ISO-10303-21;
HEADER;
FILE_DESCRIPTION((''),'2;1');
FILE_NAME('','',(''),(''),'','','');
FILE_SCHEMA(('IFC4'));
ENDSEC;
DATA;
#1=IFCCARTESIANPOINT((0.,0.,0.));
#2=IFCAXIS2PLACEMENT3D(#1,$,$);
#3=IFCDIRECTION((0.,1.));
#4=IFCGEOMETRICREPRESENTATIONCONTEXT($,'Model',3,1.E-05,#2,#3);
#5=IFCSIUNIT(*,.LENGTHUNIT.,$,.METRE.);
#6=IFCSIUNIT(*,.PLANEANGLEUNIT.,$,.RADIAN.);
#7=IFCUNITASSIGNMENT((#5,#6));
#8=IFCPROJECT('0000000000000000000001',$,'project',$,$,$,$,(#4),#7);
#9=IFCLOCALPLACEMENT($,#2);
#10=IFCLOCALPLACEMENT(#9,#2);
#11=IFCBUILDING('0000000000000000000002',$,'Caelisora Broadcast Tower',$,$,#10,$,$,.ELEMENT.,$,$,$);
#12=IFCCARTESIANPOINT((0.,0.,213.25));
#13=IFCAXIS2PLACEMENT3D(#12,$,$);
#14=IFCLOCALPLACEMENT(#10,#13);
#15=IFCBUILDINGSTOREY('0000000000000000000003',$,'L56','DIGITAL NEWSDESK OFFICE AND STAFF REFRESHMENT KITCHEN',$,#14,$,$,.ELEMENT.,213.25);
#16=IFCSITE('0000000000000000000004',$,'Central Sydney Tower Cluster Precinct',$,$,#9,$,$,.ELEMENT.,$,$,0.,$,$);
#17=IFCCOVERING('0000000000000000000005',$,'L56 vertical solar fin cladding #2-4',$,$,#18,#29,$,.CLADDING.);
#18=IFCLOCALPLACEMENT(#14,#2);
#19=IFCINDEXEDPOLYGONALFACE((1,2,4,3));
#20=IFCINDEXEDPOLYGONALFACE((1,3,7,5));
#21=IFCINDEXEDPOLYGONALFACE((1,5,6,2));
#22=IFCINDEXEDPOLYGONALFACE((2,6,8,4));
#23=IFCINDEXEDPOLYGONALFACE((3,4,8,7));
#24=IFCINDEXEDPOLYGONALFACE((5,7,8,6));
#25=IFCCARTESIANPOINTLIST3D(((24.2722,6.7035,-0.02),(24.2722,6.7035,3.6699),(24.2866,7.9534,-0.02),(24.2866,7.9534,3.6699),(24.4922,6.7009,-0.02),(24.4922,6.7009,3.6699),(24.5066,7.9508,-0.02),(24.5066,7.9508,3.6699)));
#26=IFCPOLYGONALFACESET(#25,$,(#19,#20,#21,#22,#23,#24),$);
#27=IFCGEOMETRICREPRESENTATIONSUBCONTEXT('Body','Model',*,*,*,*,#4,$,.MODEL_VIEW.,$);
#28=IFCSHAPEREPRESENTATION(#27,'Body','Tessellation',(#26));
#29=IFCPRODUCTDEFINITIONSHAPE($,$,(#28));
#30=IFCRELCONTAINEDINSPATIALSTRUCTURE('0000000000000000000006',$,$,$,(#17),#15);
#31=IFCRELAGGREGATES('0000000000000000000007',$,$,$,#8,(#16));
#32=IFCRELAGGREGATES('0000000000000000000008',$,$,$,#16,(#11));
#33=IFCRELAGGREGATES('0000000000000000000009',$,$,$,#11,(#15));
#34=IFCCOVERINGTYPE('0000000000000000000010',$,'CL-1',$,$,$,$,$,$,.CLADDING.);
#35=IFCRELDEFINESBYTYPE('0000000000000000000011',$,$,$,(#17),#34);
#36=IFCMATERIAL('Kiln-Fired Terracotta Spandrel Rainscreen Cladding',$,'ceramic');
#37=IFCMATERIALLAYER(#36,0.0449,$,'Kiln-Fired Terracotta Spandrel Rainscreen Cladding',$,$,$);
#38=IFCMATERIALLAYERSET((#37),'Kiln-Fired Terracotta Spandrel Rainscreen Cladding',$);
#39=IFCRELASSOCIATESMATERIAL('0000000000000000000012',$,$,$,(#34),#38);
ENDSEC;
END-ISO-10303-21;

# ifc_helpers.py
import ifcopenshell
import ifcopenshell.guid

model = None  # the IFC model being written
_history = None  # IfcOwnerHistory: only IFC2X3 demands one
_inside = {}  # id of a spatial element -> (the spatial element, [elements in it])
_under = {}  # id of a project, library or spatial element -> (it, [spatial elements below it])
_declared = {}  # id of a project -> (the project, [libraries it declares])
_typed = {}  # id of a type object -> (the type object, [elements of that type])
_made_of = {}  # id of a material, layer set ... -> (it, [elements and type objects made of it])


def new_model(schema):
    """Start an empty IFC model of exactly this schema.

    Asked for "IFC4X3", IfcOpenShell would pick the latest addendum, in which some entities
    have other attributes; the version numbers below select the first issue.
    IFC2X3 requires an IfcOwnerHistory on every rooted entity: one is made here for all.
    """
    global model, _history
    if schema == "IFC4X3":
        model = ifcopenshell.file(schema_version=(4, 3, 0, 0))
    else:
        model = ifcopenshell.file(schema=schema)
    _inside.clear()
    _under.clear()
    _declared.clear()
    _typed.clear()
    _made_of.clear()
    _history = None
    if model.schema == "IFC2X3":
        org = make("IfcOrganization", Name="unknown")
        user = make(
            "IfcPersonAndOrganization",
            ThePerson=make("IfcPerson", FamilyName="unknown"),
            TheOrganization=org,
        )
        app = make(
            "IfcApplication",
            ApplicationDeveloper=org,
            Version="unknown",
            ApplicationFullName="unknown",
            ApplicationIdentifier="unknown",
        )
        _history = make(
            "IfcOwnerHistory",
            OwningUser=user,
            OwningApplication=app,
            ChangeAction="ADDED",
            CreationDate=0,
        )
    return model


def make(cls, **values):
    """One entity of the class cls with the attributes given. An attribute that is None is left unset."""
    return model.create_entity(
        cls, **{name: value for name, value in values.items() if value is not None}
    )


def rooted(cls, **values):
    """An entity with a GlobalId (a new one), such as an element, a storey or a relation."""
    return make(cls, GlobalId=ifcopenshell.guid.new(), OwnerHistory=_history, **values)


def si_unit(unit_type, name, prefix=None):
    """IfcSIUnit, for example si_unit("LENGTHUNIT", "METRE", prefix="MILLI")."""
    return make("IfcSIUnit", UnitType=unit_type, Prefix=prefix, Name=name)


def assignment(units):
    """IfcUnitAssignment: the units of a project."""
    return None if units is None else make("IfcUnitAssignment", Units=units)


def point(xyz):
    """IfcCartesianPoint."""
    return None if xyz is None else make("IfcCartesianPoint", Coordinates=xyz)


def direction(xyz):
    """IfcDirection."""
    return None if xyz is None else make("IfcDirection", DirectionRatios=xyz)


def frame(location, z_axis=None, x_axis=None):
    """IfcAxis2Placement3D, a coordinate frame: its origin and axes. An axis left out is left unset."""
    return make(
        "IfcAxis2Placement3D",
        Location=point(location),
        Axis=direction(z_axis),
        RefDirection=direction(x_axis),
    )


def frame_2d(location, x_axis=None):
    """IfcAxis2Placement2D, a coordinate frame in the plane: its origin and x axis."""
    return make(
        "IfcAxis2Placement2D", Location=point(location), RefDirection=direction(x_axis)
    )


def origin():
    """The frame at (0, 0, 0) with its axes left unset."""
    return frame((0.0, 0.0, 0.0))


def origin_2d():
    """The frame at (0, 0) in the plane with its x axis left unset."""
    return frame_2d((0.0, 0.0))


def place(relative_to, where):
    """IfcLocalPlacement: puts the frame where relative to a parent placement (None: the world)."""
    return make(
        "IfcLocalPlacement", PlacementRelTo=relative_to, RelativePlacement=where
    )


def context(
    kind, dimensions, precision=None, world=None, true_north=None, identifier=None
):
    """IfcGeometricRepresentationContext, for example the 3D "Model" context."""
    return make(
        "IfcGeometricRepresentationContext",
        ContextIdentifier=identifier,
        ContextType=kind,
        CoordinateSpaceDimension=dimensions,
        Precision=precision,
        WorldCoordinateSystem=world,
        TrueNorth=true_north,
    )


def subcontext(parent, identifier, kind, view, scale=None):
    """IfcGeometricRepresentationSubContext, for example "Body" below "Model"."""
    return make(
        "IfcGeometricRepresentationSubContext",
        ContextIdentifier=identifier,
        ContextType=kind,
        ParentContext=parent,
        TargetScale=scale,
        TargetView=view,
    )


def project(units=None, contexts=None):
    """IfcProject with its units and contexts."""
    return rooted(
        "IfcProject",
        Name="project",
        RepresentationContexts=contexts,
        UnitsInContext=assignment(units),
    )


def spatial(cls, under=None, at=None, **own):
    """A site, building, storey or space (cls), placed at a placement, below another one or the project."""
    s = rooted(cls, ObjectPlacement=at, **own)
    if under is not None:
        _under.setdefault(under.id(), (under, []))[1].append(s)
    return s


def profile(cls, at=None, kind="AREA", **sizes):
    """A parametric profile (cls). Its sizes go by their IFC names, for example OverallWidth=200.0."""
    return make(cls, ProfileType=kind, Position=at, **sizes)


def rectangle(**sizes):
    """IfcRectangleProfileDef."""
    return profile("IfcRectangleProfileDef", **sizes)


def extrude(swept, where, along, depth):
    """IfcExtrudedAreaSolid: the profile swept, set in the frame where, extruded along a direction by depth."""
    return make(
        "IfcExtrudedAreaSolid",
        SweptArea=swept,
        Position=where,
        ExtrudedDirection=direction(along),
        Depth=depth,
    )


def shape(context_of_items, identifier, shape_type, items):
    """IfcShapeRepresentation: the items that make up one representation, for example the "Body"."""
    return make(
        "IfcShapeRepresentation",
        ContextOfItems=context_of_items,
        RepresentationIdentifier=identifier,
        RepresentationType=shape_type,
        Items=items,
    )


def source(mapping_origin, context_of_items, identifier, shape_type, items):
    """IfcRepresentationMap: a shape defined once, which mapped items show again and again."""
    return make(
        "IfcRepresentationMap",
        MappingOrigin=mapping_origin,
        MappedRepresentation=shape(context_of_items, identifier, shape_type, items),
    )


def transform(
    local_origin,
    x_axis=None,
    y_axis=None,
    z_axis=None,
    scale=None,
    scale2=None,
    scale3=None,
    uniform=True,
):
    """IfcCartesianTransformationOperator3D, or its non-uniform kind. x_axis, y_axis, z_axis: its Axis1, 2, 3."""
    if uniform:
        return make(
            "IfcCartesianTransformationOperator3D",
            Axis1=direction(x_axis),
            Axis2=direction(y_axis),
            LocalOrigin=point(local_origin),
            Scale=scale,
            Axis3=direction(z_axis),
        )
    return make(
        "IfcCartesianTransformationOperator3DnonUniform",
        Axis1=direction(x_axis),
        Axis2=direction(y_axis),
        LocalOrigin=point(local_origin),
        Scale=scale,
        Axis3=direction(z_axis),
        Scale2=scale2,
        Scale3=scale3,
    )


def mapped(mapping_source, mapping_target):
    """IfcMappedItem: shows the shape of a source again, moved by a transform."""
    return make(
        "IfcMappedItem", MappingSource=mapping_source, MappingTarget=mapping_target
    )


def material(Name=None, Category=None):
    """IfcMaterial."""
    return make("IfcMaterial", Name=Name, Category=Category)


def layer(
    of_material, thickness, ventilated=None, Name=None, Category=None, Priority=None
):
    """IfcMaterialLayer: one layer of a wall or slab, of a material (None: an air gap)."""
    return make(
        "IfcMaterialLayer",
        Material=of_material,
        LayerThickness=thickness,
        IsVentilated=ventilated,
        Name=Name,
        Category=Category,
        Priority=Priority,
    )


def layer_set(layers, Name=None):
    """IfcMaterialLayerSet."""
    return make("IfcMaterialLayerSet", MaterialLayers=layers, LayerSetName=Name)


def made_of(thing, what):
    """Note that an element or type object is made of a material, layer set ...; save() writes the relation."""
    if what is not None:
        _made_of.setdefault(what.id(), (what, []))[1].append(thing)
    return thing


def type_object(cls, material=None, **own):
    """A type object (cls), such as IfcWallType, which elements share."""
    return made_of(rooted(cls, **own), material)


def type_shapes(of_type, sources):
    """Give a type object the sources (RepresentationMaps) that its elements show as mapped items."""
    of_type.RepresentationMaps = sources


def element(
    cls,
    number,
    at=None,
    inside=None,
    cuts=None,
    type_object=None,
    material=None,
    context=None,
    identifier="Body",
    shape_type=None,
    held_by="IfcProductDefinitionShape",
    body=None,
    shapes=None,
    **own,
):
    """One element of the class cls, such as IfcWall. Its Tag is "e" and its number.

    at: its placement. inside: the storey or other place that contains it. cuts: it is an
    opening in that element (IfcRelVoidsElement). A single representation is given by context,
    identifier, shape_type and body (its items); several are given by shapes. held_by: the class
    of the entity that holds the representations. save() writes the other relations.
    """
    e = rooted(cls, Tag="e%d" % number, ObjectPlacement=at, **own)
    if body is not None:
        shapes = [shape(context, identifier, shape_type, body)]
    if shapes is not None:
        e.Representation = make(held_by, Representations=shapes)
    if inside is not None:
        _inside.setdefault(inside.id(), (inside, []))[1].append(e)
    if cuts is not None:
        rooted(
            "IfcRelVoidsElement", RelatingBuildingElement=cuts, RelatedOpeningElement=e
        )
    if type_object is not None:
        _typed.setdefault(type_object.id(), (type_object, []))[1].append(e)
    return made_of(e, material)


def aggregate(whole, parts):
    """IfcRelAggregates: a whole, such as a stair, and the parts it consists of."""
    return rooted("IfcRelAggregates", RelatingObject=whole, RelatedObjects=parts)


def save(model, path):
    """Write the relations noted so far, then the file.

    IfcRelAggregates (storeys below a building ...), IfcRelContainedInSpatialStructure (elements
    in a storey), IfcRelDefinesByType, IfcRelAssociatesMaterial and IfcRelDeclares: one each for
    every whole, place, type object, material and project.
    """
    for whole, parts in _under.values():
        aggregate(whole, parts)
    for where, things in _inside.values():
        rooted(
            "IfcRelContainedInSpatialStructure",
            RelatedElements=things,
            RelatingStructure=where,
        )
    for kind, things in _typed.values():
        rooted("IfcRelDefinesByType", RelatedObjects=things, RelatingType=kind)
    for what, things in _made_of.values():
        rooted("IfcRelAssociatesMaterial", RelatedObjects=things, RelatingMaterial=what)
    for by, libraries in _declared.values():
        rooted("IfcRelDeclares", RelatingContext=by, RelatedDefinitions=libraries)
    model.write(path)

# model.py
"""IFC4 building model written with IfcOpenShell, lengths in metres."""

from ifc_helpers import new_model, si_unit, direction, frame, origin, origin_2d, place, context, subcontext, project, spatial, rectangle, extrude, source, transform, mapped, material, layer, layer_set, type_object, type_shapes, element, save


model = new_model("IFC4")

# Units and contexts
model_context = context("Model", 3, precision=1e-05, world=origin(), true_north=direction((0.0, 1.0)))
body_context = subcontext(model_context, "Body", "Model", "MODEL_VIEW")
ifc_project = project(units=[si_unit("LENGTHUNIT", "METRE"), si_unit("PLANEANGLEUNIT", "RADIAN")], contexts=[model_context])

# Site, building, storey
site_placement = place(None, origin())
site = spatial("IfcSite", under=ifc_project, at=site_placement, Name="Central Sydney Tower Cluster Precinct", CompositionType="ELEMENT", RefElevation=0.0)
building_placement = place(site_placement, origin())
building = spatial("IfcBuilding", under=site, at=building_placement, Name="Caelisora Broadcast Tower", CompositionType="ELEMENT")
storey_placement = place(building_placement, frame((0.0, 0.0, 213.25)))
storey = spatial("IfcBuildingStorey", under=building, at=storey_placement, Name="L56", Description="DIGITAL NEWSDESK OFFICE AND STAFF REFRESHMENT KITCHEN", CompositionType="ELEMENT", Elevation=213.25)

# Covering
ifc_material_1 = material(Name="Kiln-Fired Terracotta Spandrel Rainscreen Cladding", Category="ceramic")
ifc_layer_1 = layer(ifc_material_1, 0.0449, Name="Kiln-Fired Terracotta Spandrel Rainscreen Cladding")
ifc_layer_set_1 = layer_set([ifc_layer_1], Name="Kiln-Fired Terracotta Spandrel Rainscreen Cladding")
covering_type = type_object("IfcCoveringType", Name="CL-1", PredefinedType="CLADDING", material=ifc_layer_set_1)
shared_shape_1 = source(origin(), body_context, "Body", "SweptSolid", [
    extrude(rectangle(XDim=0.22, YDim=1.25, at=origin_2d()), origin(), (0.0, 0.0, 1.0), 3.6899),
])
type_shapes(covering_type, [shared_shape_1])
covering_placement = place(storey_placement, frame((24.3894, 7.3271, -0.02), z_axis=(0.0, 0.0, 1.0), x_axis=(-0.999934, 0.011519, 0.0)))
element("IfcCovering", 1, at=covering_placement, inside=storey, type_object=covering_type, Name="L56 vertical solar fin cladding #2-4", PredefinedType="CLADDING", context=body_context, shape_type="MappedRepresentation", body=[
    mapped(shared_shape_1, transform((0.0, 0.0, 0.0), scale=1.0)),
])

save(model, "model.ifc")
